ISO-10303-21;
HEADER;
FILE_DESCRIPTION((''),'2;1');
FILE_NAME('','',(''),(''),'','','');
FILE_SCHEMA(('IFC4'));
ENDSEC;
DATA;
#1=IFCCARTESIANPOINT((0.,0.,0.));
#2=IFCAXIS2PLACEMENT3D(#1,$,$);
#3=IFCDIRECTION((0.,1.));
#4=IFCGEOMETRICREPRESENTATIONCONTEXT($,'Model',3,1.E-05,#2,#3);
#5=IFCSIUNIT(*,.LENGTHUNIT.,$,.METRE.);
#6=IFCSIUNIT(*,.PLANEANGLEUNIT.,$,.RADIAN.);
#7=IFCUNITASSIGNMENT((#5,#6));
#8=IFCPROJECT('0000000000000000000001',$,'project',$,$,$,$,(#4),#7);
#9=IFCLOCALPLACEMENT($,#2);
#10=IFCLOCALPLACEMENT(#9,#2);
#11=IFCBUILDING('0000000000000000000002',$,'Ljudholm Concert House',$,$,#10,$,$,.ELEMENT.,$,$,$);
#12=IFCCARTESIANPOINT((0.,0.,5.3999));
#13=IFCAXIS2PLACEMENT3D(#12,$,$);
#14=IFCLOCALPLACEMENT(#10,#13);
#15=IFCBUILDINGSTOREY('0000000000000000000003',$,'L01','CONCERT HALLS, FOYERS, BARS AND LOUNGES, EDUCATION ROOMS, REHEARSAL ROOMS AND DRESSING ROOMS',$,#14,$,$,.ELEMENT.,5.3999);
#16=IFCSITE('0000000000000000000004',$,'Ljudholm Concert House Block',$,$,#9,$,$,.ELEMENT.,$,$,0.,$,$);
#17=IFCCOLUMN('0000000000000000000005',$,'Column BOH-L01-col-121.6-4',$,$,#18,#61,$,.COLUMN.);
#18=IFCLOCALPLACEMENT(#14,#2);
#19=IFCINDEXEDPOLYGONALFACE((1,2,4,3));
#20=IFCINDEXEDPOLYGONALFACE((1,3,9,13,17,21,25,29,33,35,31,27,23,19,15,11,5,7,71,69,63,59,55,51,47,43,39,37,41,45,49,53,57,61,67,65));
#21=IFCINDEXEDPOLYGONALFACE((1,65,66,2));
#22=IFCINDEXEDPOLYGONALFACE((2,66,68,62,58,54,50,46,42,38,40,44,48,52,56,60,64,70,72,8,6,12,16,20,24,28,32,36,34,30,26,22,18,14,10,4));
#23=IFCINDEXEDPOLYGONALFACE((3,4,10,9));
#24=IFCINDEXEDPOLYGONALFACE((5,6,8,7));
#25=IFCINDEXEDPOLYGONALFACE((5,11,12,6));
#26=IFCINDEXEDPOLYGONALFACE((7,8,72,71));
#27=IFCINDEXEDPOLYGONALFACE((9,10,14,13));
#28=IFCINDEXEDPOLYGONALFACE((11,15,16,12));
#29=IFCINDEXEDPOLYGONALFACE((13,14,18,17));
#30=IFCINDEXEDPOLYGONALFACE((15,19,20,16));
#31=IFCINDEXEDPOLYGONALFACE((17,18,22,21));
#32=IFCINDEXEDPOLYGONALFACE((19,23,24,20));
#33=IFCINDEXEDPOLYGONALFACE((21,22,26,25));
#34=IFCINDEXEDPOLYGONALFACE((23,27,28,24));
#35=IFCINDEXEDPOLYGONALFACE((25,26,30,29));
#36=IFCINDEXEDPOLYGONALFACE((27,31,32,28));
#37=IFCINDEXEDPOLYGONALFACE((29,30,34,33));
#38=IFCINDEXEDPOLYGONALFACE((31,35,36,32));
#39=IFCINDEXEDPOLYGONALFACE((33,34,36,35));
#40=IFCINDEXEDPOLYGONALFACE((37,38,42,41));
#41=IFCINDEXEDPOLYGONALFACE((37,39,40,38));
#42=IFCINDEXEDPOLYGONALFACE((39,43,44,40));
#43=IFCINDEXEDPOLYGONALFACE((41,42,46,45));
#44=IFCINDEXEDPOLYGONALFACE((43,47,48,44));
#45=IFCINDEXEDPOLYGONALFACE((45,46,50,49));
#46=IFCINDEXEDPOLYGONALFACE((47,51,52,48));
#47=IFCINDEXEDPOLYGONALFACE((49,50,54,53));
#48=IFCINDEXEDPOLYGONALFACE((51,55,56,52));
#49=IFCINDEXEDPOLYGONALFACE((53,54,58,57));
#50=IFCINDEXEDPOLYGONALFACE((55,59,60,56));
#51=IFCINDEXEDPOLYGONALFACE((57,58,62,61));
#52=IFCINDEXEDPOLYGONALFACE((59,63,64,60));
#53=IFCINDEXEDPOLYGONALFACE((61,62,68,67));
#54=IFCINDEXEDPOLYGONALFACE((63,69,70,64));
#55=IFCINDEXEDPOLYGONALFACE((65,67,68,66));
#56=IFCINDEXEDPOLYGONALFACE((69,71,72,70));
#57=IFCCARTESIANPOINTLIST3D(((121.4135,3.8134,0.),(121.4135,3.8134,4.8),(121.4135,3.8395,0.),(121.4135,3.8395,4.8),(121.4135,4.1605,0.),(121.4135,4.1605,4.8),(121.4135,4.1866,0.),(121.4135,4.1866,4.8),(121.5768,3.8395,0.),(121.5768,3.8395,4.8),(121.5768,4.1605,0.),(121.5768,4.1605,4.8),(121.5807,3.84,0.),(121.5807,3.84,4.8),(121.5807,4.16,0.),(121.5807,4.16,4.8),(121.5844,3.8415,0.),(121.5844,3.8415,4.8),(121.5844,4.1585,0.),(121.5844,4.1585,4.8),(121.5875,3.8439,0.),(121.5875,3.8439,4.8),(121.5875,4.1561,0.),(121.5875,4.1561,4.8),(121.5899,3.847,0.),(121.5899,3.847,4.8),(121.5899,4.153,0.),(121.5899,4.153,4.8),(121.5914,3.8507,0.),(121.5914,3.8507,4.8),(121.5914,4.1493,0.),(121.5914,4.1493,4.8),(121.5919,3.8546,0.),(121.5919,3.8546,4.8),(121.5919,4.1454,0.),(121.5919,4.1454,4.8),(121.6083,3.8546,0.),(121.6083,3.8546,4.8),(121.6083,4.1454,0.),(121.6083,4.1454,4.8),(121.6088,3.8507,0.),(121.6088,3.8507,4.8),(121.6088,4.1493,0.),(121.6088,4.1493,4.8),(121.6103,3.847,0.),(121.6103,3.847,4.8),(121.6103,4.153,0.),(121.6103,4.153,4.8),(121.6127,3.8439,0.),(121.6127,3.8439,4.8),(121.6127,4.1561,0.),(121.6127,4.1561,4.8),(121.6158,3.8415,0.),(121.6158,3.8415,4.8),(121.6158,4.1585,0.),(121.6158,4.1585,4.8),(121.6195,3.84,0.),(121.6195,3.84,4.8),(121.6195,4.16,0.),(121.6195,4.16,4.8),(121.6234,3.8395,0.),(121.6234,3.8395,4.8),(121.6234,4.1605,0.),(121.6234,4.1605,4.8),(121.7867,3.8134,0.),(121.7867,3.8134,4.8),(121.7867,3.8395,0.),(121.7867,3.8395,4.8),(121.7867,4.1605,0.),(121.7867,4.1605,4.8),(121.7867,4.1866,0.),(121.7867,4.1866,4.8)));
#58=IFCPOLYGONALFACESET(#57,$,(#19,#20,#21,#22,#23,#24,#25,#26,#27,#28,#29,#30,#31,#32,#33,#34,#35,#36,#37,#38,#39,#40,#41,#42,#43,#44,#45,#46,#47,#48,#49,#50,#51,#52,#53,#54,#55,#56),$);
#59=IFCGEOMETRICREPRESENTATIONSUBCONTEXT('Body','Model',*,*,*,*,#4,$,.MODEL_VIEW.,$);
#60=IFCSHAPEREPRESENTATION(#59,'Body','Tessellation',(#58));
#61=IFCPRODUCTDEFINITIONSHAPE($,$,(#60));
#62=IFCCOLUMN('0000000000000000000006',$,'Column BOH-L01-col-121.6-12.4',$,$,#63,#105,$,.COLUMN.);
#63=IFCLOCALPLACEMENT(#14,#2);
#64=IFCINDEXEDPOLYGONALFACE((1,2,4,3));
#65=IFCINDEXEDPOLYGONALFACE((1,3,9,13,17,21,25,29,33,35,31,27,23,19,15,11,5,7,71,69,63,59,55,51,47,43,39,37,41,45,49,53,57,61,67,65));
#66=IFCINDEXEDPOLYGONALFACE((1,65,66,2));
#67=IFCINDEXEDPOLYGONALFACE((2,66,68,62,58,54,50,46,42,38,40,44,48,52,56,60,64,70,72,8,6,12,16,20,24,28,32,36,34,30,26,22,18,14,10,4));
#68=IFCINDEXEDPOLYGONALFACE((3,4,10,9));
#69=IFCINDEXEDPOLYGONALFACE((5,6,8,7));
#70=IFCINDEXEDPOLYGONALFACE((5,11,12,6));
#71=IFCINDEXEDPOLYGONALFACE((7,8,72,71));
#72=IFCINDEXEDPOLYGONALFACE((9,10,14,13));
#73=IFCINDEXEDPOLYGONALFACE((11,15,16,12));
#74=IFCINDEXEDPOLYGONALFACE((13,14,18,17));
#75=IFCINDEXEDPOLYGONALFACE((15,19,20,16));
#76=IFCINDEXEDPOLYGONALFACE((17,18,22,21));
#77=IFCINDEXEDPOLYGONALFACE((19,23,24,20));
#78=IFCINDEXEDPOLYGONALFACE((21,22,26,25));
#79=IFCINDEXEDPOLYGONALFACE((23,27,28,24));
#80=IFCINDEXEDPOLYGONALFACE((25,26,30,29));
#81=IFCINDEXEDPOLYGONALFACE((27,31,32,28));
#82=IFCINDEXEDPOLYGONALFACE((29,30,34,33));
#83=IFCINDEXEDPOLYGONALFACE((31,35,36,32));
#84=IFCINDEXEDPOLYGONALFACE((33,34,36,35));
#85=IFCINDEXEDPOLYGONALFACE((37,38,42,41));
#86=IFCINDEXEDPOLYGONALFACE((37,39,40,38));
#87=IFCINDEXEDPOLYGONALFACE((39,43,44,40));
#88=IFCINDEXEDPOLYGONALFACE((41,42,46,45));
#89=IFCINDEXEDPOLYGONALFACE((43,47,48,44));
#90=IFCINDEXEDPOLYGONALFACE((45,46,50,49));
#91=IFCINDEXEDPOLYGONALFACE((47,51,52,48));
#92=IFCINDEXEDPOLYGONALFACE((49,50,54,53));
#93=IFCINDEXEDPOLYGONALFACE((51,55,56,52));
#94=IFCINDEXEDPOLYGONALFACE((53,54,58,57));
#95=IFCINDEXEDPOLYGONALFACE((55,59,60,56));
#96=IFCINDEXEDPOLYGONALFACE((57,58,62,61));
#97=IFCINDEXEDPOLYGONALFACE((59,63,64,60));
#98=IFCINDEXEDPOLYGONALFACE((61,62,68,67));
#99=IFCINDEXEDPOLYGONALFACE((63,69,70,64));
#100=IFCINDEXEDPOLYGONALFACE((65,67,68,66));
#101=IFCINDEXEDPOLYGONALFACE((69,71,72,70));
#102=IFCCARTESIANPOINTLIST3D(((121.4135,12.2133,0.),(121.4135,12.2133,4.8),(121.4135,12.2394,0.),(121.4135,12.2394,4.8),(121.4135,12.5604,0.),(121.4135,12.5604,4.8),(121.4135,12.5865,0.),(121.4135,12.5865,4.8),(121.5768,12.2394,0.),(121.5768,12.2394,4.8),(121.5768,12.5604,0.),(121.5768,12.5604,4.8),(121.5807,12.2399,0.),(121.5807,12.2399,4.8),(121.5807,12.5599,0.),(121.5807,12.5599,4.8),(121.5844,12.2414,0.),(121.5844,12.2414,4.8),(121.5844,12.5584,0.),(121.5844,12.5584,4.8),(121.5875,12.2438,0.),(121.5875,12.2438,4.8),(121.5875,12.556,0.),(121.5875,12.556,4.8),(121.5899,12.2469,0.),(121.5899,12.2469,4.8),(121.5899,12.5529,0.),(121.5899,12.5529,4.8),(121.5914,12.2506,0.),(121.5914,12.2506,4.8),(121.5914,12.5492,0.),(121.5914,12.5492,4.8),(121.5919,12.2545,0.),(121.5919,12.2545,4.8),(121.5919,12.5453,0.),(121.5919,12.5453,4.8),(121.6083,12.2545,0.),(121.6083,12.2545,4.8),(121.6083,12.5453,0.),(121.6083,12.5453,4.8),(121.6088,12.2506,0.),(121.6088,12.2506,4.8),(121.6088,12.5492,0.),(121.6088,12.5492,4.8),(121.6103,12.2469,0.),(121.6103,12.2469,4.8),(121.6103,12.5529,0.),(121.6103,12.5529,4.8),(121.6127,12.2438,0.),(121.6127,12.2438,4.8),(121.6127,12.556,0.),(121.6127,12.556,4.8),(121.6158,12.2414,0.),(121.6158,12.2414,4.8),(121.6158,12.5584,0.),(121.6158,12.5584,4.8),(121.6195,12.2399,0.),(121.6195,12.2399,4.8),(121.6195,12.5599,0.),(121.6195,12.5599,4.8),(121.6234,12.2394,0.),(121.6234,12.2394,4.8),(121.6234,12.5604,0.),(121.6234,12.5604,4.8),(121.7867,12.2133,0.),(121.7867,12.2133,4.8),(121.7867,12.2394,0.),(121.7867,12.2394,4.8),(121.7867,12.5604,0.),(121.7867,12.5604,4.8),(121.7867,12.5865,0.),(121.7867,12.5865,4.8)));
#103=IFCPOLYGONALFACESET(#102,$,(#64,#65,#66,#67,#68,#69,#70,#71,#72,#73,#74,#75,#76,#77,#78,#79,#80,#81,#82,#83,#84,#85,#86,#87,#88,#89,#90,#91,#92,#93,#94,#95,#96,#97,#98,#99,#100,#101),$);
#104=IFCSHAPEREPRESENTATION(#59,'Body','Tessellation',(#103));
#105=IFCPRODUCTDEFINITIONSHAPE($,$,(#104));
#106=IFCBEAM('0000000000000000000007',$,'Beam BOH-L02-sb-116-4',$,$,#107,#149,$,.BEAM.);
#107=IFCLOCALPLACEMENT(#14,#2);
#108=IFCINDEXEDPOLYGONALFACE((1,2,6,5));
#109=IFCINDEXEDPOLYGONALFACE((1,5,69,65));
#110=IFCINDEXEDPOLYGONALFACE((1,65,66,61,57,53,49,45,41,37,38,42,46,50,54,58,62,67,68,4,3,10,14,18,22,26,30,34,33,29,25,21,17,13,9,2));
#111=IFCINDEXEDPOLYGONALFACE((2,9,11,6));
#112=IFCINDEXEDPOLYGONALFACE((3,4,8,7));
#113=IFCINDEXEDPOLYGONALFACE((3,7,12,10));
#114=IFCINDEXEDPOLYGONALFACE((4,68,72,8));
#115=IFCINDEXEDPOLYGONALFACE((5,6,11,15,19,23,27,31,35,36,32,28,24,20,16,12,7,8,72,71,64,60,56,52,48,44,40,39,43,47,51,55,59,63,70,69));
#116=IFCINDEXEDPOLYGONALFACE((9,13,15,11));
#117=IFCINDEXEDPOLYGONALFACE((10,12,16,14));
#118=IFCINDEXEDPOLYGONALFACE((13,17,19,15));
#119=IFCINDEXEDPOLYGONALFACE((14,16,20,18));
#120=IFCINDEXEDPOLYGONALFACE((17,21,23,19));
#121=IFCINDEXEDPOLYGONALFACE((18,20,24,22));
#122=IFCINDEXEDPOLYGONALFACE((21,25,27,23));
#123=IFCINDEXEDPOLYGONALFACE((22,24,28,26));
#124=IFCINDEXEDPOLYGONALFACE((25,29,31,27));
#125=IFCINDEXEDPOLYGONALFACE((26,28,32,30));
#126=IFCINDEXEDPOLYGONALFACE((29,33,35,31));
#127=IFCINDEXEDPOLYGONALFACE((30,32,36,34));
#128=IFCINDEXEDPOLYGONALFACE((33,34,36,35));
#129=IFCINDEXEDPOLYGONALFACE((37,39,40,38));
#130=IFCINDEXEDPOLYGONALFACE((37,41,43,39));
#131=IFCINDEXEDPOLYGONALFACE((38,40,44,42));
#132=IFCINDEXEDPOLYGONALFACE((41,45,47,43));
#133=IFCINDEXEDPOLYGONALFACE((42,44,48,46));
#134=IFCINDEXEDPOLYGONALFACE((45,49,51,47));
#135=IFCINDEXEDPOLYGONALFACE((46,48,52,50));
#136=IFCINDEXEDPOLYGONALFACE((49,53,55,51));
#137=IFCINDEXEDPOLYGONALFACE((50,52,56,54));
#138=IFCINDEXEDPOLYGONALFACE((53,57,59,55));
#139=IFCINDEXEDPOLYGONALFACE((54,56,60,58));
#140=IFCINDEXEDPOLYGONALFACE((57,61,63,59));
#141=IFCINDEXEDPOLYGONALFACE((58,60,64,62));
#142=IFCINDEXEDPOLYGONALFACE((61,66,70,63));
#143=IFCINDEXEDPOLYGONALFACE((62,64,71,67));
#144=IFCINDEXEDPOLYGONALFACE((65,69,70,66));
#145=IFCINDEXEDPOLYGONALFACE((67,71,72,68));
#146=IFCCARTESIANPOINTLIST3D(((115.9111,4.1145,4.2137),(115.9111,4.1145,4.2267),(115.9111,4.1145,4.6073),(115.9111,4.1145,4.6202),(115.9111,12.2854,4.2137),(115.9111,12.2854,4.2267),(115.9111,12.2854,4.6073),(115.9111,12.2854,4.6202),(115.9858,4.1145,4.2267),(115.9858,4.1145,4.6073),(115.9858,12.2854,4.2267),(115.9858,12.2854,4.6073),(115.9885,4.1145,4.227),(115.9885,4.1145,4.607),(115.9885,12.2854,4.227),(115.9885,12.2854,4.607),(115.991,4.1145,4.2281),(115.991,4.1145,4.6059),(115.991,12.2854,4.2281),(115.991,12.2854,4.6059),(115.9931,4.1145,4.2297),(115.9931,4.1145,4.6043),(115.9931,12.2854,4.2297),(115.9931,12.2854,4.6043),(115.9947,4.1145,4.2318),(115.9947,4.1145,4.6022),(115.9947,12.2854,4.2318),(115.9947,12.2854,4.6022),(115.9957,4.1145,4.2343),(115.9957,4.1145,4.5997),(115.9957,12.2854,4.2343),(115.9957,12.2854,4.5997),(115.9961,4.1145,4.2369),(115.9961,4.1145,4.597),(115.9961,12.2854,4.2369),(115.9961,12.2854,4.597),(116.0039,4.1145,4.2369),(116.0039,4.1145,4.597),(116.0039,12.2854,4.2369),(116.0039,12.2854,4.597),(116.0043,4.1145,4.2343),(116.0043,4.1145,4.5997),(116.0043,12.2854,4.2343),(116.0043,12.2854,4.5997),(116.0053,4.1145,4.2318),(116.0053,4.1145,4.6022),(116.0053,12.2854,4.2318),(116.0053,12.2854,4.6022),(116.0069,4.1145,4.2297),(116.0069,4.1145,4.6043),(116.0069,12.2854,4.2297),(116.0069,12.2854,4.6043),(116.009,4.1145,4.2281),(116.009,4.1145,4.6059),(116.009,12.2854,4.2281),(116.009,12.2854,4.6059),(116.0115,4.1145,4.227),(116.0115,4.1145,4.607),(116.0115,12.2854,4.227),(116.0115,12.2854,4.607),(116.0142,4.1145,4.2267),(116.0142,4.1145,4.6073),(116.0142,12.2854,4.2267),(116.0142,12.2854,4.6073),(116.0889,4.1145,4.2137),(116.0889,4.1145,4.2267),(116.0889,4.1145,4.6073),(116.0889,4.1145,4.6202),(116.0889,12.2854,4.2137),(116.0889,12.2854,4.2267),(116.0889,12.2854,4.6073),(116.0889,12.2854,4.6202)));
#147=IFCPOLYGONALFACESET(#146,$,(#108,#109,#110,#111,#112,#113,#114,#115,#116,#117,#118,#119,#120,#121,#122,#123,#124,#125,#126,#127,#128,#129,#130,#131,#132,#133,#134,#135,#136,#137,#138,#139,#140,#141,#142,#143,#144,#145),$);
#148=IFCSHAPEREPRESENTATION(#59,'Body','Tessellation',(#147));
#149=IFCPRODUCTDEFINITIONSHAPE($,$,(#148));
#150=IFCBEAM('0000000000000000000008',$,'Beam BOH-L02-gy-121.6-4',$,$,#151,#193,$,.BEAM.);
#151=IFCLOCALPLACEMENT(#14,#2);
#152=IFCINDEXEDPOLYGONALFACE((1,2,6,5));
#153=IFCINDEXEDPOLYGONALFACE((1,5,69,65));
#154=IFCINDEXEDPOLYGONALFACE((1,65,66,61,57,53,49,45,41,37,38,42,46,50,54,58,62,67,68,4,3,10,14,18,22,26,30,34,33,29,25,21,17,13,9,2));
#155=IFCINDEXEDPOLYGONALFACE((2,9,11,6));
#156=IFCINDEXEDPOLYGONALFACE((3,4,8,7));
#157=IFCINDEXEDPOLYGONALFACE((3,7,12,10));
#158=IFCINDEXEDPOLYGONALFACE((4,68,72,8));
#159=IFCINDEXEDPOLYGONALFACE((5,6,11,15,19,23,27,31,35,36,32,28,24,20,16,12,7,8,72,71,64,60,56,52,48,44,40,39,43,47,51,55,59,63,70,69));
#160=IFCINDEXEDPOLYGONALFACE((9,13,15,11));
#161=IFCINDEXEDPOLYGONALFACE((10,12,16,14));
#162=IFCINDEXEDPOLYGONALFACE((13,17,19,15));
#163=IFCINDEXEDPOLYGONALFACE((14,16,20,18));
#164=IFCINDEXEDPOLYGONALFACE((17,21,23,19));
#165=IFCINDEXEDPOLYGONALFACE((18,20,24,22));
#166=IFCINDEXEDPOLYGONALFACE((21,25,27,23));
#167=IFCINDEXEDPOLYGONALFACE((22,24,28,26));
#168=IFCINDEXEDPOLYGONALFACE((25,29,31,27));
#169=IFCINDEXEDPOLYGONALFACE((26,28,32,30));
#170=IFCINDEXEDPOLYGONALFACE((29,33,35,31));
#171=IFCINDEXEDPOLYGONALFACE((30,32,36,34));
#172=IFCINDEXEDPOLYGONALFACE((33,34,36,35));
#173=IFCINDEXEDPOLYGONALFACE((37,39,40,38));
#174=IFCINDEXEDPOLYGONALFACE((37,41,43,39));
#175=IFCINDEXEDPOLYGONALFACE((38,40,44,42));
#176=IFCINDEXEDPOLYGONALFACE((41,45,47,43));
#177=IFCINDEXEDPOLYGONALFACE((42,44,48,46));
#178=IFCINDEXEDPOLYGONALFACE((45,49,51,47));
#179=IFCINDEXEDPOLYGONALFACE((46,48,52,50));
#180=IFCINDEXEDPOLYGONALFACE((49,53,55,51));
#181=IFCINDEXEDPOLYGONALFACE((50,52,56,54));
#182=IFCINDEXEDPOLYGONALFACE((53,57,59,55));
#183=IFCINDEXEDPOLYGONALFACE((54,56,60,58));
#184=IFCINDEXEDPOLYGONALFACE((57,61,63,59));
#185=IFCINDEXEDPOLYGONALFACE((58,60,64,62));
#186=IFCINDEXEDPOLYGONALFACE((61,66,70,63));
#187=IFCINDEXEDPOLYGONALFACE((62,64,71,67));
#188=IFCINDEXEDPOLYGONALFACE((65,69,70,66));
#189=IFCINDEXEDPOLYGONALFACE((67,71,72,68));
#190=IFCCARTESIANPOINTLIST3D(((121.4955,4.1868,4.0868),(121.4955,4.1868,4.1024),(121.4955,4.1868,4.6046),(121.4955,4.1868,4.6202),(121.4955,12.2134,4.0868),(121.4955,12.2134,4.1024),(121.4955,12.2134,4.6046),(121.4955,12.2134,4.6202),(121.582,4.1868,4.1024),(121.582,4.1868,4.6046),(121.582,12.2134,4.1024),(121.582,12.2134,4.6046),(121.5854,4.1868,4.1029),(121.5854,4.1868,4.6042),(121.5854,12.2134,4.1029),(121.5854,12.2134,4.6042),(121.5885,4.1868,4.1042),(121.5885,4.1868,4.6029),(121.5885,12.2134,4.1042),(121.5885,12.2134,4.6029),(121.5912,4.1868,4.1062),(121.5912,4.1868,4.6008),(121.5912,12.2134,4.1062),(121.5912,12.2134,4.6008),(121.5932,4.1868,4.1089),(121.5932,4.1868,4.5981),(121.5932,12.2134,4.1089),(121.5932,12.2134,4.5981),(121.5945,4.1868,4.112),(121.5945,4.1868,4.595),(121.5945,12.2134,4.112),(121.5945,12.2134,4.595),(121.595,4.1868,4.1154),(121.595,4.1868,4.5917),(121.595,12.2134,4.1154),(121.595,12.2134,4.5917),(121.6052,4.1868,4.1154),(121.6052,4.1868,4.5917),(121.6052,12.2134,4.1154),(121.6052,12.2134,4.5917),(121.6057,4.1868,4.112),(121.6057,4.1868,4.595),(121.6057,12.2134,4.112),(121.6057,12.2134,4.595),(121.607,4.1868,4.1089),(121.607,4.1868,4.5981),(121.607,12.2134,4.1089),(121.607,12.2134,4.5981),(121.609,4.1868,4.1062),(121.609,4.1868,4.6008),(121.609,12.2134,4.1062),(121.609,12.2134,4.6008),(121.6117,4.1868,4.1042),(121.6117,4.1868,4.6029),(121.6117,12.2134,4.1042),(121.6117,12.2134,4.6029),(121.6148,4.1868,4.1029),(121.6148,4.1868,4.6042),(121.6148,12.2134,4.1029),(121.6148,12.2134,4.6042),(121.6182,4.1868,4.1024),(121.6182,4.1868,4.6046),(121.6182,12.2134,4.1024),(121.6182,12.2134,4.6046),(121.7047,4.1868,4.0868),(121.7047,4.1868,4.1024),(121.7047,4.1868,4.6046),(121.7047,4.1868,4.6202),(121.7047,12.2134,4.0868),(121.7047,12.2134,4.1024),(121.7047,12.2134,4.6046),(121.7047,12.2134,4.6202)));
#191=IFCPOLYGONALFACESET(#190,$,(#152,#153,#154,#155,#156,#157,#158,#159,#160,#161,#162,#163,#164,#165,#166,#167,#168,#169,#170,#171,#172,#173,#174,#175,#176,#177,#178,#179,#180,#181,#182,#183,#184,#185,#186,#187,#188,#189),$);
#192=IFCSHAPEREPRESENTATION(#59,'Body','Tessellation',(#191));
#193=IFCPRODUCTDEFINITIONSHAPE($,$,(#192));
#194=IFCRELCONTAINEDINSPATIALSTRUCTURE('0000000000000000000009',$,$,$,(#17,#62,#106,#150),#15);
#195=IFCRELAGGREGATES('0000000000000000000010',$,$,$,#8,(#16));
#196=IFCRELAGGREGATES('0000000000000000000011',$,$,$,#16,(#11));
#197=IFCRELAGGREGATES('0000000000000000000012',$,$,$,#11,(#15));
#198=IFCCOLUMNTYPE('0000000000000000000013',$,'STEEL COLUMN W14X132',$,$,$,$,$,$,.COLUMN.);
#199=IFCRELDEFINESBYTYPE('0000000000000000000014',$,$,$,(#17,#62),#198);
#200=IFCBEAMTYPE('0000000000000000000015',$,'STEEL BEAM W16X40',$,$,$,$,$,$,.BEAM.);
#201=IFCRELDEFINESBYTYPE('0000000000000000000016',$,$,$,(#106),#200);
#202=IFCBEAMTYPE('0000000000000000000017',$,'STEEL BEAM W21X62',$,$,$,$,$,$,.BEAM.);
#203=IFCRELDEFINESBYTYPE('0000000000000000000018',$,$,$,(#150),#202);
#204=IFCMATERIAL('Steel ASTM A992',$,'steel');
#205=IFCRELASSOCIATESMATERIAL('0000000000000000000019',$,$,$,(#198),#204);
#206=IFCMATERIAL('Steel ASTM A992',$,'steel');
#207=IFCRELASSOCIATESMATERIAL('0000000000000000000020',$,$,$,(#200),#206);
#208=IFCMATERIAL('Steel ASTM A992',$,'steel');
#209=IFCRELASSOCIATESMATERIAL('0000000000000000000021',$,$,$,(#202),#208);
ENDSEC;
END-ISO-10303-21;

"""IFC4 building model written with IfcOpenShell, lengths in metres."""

from ifc_helpers import new_model, si_unit, direction, frame, origin, origin_2d, place, context, subcontext, project, spatial, i_section, extrude, material, material_profile, profile_set, type_object, element, save


model = new_model("IFC4")

# Units and contexts
model_context = context("Model", 3, precision=1e-05, world=origin(), true_north=direction((0.0, 1.0)))
body_context = subcontext(model_context, "Body", "Model", "MODEL_VIEW")
ifc_project = project(units=[si_unit("LENGTHUNIT", "METRE"), si_unit("PLANEANGLEUNIT", "RADIAN")], contexts=[model_context])

# Site, building, storey
site_placement = place(None, origin())
site = spatial("IfcSite", under=ifc_project, at=site_placement, Name="Ljudholm Concert House Block", CompositionType="ELEMENT", RefElevation=0.0)
building_placement = place(site_placement, origin())
building = spatial("IfcBuilding", under=site, at=building_placement, Name="Ljudholm Concert House", CompositionType="ELEMENT")
storey_placement = place(building_placement, frame((0.0, 0.0, 5.3999)))
storey = spatial("IfcBuildingStorey", under=building, at=storey_placement, Name="L01", Description="CONCERT HALLS, FOYERS, BARS AND LOUNGES, EDUCATION ROOMS, REHEARSAL ROOMS AND DRESSING ROOMS", CompositionType="ELEMENT", Elevation=5.3999)

# Columns
ifc_material_1 = material(Name="Steel ASTM A992", Category="steel")
ifc_material_profile_1 = material_profile(ifc_material_1, i_section(OverallWidth=0.3733, OverallDepth=0.3733, WebThickness=0.0164, FlangeThickness=0.0261, FilletRadius=0.0151, at=origin_2d()), Name="W14X132")
ifc_profile_set_1 = profile_set([ifc_material_profile_1], Name="Steel ASTM A992")
column_type = type_object("IfcColumnType", Name="STEEL COLUMN W14X132", PredefinedType="COLUMN", material=ifc_profile_set_1)
for number, where, z_axis, x_axis, name in (
    (1, (121.6001, 4.0, 0.0), (0.0, 0.0, 1.0), (1.0, 0.0, 0.0), "Column BOH-L01-col-121.6-4"),
    (2, (121.6001, 12.3999, 0.0), (0.0, 0.0, 1.0), (1.0, 0.0, 0.0), "Column BOH-L01-col-121.6-12.4"),
):
    element("IfcColumn", number, at=place(storey_placement, frame(where, z_axis=z_axis, x_axis=x_axis)), inside=storey, type_object=column_type, Name=name, PredefinedType="COLUMN", context=body_context, shape_type="SweptSolid", body=[
        extrude(i_section(OverallWidth=0.3733, OverallDepth=0.3733, WebThickness=0.0164, FlangeThickness=0.0261, FilletRadius=0.0151, at=origin_2d()), origin(), (0.0, 0.0, 1.0), 4.8),
    ])

# Beams
ifc_material_2 = material(Name="Steel ASTM A992", Category="steel")
ifc_material_profile_2 = material_profile(ifc_material_2, i_section(OverallWidth=0.1777, OverallDepth=0.4065, WebThickness=0.0078, FlangeThickness=0.0129, FilletRadius=0.0103, at=origin_2d()), Name="W16X40")
ifc_profile_set_2 = profile_set([ifc_material_profile_2], Name="Steel ASTM A992")
beam_type_1 = type_object("IfcBeamType", Name="STEEL BEAM W16X40", PredefinedType="BEAM", material=ifc_profile_set_2)
beam_1_placement = place(storey_placement, frame((116.0, 4.1145, 4.417), z_axis=(0.0, 1.0, 0.0), x_axis=(-1.0, 0.0, 0.0)))
element("IfcBeam", 3, at=beam_1_placement, inside=storey, type_object=beam_type_1, Name="Beam BOH-L02-sb-116-4", PredefinedType="BEAM", context=body_context, shape_type="SweptSolid", body=[
    extrude(i_section(OverallWidth=0.1777, OverallDepth=0.4065, WebThickness=0.0078, FlangeThickness=0.0129, FilletRadius=0.0103, at=origin_2d()), origin(), (0.0, 0.0, 1.0), 8.1709),
])
ifc_material_3 = material(Name="Steel ASTM A992", Category="steel")
ifc_material_profile_3 = material_profile(ifc_material_3, i_section(OverallWidth=0.2092, OverallDepth=0.5334, WebThickness=0.0103, FlangeThickness=0.0156, FilletRadius=0.0129, at=origin_2d()), Name="W21X62")
ifc_profile_set_3 = profile_set([ifc_material_profile_3], Name="Steel ASTM A992")
beam_type_2 = type_object("IfcBeamType", Name="STEEL BEAM W21X62", PredefinedType="BEAM", material=ifc_profile_set_3)
beam_2_placement = place(storey_placement, frame((121.6001, 4.1868, 4.3535), z_axis=(0.0, 1.0, 0.0), x_axis=(-1.0, 0.0, 0.0)))
element("IfcBeam", 4, at=beam_2_placement, inside=storey, type_object=beam_type_2, Name="Beam BOH-L02-gy-121.6-4", PredefinedType="BEAM", context=body_context, shape_type="SweptSolid", body=[
    extrude(i_section(OverallWidth=0.2092, OverallDepth=0.5334, WebThickness=0.0103, FlangeThickness=0.0156, FilletRadius=0.0129, at=origin_2d()), origin(), (0.0, 0.0, 1.0), 8.0266),
])

save(model, "model.ifc")
